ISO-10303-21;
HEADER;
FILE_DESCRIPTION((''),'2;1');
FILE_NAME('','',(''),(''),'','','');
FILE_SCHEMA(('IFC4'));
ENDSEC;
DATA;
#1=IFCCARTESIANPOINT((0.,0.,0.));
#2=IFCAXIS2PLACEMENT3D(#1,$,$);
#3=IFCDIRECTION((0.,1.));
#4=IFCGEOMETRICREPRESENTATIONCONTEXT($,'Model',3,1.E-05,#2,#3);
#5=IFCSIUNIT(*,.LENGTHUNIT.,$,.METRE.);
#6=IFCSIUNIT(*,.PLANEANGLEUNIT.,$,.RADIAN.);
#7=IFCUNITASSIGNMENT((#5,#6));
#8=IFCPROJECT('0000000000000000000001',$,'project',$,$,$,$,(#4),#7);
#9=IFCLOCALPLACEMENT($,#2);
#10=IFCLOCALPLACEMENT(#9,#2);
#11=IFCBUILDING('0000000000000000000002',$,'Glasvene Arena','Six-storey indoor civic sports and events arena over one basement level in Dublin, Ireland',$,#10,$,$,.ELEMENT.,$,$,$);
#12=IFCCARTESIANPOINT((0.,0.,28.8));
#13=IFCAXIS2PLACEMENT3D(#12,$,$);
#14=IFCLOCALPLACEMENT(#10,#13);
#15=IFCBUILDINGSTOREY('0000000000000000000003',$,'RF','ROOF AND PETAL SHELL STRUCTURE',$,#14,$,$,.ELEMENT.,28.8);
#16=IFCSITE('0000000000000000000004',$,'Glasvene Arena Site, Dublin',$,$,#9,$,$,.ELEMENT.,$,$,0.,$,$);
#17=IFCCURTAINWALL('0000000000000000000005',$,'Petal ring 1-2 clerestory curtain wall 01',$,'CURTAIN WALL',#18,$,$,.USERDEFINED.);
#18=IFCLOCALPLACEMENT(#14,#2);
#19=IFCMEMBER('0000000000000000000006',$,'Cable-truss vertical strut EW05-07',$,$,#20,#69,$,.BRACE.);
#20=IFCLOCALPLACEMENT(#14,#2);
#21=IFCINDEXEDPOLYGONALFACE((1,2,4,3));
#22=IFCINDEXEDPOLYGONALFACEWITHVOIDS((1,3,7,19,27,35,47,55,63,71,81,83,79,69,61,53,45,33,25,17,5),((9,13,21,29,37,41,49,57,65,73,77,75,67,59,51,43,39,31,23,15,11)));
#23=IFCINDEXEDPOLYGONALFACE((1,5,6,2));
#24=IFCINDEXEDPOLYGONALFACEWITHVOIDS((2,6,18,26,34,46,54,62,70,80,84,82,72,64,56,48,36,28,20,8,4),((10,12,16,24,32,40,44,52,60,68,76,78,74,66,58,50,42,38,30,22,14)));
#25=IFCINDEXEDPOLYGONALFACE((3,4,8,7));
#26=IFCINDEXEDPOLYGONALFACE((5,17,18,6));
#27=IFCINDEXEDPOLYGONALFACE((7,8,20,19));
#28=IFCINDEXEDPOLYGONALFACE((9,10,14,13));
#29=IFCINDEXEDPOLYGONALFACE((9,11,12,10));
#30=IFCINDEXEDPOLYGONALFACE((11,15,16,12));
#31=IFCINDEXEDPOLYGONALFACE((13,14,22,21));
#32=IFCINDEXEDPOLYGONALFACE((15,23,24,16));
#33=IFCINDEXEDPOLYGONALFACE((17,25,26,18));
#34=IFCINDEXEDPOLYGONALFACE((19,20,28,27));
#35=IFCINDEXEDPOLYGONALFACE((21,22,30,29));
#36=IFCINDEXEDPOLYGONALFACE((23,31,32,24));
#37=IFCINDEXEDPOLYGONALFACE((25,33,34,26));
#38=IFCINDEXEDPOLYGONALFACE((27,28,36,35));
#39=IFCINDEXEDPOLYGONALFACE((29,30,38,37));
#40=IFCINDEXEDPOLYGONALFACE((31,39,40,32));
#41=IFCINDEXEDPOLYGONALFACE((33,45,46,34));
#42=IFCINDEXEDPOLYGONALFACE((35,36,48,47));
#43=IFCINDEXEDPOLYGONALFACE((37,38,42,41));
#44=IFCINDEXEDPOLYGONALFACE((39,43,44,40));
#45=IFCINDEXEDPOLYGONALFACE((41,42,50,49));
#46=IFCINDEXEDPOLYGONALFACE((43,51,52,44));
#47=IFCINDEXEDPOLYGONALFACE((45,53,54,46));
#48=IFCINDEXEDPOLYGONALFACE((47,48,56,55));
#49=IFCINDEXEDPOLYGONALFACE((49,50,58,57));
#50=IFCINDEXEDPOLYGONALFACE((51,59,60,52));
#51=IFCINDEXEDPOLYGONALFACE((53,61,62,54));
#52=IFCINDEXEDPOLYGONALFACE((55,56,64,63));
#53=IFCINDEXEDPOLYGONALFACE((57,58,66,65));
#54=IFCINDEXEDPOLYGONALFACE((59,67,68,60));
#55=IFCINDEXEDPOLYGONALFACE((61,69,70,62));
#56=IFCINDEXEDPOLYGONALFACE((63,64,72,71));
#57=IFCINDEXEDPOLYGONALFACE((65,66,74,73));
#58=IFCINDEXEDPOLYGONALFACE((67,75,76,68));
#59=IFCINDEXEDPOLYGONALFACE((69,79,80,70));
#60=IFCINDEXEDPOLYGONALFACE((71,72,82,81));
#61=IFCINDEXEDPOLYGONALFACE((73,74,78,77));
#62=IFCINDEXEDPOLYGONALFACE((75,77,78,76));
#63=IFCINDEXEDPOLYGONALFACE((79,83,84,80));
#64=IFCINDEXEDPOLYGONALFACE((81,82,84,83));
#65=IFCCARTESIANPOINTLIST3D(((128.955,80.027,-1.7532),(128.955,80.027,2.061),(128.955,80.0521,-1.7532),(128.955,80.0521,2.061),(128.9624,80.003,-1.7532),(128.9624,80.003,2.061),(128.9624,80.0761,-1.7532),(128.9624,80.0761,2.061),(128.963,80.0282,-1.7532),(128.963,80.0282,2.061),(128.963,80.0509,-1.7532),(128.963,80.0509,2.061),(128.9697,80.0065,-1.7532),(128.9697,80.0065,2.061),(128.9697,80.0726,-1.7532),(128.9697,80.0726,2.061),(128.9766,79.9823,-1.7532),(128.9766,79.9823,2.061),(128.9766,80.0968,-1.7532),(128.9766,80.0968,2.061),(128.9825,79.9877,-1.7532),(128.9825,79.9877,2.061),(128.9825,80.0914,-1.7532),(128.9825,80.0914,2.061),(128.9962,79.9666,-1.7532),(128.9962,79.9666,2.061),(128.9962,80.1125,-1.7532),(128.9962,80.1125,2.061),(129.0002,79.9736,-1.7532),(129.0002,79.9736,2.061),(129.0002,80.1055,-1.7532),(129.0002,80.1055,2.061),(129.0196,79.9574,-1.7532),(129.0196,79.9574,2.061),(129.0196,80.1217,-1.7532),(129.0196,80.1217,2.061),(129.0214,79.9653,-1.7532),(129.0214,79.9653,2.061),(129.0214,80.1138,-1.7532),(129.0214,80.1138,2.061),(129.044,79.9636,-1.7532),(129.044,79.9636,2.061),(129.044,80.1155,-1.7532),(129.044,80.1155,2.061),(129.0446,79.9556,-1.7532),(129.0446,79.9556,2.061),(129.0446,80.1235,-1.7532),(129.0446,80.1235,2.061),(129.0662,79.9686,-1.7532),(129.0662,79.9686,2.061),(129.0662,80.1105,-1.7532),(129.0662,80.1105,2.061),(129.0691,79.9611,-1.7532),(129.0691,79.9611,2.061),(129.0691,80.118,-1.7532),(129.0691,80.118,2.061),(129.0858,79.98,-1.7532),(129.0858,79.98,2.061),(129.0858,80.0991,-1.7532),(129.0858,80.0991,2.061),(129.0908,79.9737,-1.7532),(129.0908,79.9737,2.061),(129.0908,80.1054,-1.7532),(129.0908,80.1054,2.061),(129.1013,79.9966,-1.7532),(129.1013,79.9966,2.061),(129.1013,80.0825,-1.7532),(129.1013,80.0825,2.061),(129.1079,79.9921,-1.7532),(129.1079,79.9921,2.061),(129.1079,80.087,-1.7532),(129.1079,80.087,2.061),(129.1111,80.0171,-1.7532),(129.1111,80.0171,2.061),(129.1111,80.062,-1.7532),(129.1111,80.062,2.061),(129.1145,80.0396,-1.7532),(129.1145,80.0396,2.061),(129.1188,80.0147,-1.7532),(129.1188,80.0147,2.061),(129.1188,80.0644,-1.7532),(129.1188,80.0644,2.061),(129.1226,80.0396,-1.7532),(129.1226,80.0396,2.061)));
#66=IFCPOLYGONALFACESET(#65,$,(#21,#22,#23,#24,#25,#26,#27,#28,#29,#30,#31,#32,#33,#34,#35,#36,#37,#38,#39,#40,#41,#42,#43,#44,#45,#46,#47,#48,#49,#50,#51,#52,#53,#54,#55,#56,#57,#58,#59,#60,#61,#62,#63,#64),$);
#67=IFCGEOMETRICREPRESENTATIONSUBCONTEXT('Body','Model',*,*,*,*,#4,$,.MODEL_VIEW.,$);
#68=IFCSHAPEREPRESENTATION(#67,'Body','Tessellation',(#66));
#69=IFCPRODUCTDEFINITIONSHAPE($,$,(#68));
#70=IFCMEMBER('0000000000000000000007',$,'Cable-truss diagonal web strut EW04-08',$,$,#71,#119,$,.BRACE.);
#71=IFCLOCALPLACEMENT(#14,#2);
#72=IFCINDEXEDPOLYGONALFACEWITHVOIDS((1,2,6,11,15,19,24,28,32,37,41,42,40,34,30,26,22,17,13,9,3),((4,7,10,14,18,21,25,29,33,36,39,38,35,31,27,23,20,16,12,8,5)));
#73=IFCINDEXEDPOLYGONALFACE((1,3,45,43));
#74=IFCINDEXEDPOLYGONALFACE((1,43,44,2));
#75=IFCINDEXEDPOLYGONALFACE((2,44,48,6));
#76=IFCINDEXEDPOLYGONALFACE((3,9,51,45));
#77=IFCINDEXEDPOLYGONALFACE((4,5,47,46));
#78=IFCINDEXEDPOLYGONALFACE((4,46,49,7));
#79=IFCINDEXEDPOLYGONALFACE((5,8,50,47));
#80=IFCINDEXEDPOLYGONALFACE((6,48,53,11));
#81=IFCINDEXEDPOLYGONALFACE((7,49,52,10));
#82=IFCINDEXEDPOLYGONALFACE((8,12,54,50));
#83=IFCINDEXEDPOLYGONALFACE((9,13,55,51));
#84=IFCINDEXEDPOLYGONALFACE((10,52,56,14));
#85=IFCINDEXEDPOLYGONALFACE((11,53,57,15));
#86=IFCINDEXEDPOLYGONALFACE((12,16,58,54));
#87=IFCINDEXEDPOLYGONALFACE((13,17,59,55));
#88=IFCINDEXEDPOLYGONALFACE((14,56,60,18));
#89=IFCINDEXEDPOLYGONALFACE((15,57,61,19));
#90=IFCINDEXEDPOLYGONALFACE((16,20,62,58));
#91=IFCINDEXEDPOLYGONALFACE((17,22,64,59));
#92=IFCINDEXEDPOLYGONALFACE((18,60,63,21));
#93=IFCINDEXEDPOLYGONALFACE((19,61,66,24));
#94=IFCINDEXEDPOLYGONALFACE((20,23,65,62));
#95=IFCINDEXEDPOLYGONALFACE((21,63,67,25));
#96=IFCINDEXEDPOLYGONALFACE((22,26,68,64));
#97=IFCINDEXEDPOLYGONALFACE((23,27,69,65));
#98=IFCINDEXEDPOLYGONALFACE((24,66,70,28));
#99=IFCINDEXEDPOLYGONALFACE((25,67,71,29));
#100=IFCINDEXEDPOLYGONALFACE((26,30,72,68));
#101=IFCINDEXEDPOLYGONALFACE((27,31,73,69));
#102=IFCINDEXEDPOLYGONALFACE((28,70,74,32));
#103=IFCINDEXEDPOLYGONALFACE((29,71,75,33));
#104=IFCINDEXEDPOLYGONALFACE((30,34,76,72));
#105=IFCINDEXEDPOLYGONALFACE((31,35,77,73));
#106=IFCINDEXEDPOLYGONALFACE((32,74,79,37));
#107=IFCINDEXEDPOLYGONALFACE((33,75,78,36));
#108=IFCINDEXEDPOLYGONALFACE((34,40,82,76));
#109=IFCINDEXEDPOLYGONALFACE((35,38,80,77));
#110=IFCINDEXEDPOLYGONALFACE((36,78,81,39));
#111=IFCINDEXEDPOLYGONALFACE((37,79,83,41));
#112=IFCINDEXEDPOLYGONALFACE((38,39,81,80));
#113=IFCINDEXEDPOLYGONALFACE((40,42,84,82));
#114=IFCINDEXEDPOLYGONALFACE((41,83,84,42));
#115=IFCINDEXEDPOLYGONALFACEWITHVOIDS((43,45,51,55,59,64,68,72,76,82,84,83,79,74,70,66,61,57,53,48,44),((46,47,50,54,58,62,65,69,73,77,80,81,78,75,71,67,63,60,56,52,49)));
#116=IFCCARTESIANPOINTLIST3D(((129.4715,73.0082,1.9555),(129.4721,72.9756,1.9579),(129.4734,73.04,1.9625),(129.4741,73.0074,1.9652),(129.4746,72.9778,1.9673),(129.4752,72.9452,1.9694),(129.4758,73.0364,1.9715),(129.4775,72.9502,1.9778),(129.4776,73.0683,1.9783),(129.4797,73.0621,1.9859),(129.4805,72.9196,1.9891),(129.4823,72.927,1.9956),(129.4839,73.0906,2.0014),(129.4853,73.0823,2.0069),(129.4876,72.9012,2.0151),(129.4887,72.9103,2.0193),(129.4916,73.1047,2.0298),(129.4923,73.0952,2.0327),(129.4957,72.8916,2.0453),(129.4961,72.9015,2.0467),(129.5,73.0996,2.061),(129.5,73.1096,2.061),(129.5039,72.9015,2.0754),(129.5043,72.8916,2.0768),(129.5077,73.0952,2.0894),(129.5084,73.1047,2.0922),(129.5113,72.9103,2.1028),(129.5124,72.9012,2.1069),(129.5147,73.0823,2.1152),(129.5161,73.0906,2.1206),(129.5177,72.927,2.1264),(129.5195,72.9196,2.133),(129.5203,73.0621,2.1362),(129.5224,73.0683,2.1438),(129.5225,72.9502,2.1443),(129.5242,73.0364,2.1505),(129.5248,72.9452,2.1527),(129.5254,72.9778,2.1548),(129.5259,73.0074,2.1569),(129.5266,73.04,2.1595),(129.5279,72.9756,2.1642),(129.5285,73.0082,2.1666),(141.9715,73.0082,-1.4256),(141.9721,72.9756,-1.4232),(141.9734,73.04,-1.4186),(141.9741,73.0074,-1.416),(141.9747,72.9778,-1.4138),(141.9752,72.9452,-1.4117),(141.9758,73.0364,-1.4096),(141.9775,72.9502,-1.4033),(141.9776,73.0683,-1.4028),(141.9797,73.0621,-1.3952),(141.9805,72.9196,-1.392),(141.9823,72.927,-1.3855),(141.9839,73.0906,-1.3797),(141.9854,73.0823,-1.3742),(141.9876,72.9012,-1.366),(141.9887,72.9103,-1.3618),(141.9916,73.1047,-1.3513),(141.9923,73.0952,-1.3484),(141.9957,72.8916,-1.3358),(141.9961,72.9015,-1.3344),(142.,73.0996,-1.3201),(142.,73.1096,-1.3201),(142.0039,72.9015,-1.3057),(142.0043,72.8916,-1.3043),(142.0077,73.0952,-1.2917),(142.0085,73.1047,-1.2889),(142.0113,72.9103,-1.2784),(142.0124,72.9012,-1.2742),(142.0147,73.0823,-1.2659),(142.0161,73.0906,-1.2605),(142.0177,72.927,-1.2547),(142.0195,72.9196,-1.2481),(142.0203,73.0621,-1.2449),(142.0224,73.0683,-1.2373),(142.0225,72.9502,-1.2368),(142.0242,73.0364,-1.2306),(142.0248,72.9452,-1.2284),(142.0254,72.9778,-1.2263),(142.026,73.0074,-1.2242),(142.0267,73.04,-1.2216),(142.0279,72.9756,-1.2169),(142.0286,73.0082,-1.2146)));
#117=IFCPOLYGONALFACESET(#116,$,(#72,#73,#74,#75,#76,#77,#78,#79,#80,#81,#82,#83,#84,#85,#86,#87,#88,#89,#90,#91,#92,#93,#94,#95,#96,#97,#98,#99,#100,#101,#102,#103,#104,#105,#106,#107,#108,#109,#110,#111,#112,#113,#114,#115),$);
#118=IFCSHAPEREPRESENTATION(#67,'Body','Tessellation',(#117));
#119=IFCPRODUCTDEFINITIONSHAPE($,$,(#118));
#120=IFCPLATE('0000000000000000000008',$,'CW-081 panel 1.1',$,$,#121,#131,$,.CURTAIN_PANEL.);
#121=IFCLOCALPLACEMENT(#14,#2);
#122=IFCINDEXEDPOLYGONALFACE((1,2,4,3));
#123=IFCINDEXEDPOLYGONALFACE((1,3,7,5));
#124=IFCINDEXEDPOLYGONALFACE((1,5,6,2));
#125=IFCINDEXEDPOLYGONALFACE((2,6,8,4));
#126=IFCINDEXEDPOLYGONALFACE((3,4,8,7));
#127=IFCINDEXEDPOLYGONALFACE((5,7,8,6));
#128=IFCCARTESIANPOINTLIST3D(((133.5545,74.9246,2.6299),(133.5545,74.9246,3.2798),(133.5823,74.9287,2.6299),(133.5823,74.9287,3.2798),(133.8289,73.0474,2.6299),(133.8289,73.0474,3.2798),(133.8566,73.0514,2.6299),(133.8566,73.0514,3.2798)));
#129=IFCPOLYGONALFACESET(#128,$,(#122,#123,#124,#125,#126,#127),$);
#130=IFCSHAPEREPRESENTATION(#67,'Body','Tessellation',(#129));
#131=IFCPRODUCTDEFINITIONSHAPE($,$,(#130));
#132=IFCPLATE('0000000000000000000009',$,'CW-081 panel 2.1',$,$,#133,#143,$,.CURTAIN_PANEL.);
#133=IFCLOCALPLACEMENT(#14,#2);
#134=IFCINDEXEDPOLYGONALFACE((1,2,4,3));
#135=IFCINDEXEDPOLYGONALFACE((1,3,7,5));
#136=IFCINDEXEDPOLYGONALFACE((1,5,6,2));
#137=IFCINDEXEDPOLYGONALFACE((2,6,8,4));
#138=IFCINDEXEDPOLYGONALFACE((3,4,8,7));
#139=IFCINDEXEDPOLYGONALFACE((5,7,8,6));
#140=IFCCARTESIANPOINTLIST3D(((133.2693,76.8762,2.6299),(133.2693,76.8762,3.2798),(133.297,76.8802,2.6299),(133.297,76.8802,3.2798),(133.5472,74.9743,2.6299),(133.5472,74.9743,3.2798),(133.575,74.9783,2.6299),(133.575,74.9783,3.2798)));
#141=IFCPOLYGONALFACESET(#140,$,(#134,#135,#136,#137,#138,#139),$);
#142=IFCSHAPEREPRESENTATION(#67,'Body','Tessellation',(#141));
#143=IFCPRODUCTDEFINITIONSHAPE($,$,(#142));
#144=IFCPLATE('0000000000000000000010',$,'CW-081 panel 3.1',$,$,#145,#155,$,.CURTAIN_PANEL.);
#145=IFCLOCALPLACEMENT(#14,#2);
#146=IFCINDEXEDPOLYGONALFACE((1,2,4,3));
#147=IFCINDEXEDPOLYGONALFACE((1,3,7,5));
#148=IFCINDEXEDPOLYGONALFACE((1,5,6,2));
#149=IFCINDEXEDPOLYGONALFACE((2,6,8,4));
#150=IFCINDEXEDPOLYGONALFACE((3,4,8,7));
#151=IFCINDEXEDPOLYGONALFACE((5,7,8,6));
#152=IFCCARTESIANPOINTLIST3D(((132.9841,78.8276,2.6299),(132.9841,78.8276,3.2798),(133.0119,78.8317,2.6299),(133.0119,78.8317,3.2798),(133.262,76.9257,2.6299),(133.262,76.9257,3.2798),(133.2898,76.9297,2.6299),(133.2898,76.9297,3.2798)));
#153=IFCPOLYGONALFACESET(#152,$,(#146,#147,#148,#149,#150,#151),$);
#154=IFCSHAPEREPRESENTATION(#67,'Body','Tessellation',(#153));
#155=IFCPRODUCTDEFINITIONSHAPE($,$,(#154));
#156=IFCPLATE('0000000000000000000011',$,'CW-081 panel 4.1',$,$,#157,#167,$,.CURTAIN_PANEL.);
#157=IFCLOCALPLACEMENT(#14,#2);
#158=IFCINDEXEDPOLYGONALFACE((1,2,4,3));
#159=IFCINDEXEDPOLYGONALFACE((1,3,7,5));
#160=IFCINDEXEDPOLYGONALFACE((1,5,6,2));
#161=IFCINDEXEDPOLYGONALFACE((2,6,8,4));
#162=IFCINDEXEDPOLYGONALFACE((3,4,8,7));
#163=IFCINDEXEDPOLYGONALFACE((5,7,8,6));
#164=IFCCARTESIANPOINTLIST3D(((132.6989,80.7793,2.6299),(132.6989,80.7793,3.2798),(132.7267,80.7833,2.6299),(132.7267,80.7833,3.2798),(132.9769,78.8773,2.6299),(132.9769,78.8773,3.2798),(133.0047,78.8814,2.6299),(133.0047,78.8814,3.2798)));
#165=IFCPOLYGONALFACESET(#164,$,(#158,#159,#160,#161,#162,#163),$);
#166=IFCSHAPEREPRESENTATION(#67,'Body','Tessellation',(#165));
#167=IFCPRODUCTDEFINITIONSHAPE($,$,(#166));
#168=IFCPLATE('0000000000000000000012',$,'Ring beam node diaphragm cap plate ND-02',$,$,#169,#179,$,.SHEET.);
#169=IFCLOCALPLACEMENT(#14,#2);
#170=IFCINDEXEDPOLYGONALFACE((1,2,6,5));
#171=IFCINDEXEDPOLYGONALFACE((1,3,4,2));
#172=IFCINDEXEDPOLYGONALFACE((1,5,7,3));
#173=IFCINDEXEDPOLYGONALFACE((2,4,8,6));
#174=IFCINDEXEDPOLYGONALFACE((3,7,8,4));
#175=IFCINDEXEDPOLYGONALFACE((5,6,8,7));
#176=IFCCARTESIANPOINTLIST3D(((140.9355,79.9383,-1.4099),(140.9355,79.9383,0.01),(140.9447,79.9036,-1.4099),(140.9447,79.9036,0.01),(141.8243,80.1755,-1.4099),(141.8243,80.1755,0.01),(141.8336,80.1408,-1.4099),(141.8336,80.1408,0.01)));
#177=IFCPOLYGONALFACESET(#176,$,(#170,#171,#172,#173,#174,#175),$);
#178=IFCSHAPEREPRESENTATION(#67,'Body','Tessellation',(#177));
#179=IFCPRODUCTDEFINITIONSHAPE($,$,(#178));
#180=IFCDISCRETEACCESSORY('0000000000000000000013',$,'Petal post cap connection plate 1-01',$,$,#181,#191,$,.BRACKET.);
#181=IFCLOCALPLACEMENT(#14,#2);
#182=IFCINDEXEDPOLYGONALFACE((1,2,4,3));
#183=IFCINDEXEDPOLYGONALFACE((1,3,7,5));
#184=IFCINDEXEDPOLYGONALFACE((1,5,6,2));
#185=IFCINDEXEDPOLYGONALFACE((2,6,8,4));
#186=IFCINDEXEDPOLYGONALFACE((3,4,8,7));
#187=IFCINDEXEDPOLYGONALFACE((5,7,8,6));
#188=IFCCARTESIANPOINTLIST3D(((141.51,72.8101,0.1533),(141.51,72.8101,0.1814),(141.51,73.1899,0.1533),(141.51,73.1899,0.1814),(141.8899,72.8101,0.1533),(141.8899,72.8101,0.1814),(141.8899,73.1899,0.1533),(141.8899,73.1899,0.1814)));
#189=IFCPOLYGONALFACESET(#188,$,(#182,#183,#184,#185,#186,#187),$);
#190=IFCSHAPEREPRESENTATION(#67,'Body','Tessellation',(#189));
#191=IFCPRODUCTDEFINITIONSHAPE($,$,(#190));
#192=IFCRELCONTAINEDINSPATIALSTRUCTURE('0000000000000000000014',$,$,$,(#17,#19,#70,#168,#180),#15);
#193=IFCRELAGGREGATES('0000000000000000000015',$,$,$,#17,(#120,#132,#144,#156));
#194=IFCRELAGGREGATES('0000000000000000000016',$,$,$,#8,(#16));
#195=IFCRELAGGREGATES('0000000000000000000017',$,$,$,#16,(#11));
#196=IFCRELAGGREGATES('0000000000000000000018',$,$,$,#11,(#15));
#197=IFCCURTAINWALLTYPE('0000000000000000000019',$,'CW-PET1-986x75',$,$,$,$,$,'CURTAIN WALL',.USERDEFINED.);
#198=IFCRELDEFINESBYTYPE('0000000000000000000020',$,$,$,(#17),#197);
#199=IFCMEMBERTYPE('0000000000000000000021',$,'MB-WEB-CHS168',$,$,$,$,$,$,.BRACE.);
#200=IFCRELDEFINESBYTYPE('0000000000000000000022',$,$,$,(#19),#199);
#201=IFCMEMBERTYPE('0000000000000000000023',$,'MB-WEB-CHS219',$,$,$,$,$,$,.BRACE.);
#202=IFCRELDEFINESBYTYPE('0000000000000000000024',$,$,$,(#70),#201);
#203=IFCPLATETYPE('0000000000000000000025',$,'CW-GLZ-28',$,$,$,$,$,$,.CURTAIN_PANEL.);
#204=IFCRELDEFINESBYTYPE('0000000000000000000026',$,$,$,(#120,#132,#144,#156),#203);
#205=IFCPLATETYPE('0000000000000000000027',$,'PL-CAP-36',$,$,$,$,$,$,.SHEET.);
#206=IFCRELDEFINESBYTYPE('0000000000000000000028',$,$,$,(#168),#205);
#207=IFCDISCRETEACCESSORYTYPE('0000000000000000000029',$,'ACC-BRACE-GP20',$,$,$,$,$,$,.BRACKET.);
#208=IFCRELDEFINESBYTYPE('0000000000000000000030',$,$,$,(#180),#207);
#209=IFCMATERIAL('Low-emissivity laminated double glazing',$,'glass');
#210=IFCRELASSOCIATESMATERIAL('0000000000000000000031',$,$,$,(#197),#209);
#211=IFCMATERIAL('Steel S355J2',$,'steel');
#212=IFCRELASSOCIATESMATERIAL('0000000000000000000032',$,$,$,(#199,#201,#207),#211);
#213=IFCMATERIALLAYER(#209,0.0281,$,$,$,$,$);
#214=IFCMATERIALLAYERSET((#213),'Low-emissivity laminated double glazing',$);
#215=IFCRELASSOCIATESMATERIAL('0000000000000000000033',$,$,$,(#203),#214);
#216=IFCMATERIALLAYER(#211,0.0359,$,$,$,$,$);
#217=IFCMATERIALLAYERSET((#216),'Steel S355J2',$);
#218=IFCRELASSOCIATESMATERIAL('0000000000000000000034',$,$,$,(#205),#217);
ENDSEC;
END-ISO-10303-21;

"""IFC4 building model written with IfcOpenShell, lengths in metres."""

from ifc_helpers import new_model, si_unit, direction, frame, origin, origin_2d, place, context, subcontext, project, spatial, rectangle, hollow_circle, extrude, material, layer, layer_set, material_profile, profile_set, type_object, element, aggregate, save


model = new_model("IFC4")

# Units and contexts
model_context = context("Model", 3, precision=1e-05, world=origin(), true_north=direction((0.0, 1.0)))
body_context = subcontext(model_context, "Body", "Model", "MODEL_VIEW")
ifc_project = project(units=[si_unit("LENGTHUNIT", "METRE"), si_unit("PLANEANGLEUNIT", "RADIAN")], contexts=[model_context])

# Site, building, storey
site_placement = place(None, origin())
site = spatial("IfcSite", under=ifc_project, at=site_placement, Name="Glasvene Arena Site, Dublin", CompositionType="ELEMENT", RefElevation=0.0)
building_placement = place(site_placement, origin())
building = spatial("IfcBuilding", under=site, at=building_placement, Name="Glasvene Arena", Description="Six-storey indoor civic sports and events arena over one basement level in Dublin, Ireland", CompositionType="ELEMENT")
storey_placement = place(building_placement, frame((0.0, 0.0, 28.8)))
storey = spatial("IfcBuildingStorey", under=building, at=storey_placement, Name="RF", Description="ROOF AND PETAL SHELL STRUCTURE", CompositionType="ELEMENT", Elevation=28.8)

# Shared definitions
ifc_material_1 = material(Name="Steel S355J2", Category="steel")

# Curtain wall
ifc_material_2 = material(Name="Low-emissivity laminated double glazing", Category="glass")
curtain_wall_type_1 = type_object("IfcCurtainWallType", Name="CW-PET1-986x75", ElementType="CURTAIN WALL", PredefinedType="USERDEFINED", material=ifc_material_2)
curtain_wall_1_placement = place(storey_placement, frame((133.8501, 73.0, 0.0)))
curtain_wall_1 = element("IfcCurtainWall", 1, at=curtain_wall_1_placement, inside=storey, type_object=curtain_wall_type_1, Name="Petal ring 1-2 clerestory curtain wall 01", ObjectType="CURTAIN WALL", PredefinedType="USERDEFINED")

# Members
ifc_material_profile_1 = material_profile(ifc_material_1, hollow_circle(Radius=0.0842, WallThickness=0.0081, at=origin_2d()), Name="CHS 168.3x8.0")
ifc_profile_set_1 = profile_set([ifc_material_profile_1], Name="Steel S355J2")
member_type_1 = type_object("IfcMemberType", Name="MB-WEB-CHS168", PredefinedType="BRACE", material=ifc_profile_set_1)
for number, where, z_axis, x_axis, name in (
    (2, (129.0383, 80.0396, -1.7532), (0.0, 0.0, 1.0), (1.0, 0.0, 0.0), "Cable-truss vertical strut EW05-07"),
):
    element("IfcMember", number, at=place(storey_placement, frame(where, z_axis=z_axis, x_axis=x_axis)), inside=storey, type_object=member_type_1, Name=name, PredefinedType="BRACE", context=body_context, shape_type="SweptSolid", body=[
        extrude(hollow_circle(Radius=0.0842, WallThickness=0.0081, at=origin_2d()), origin(), (0.0, 0.0, 1.0), 3.8142),
    ])
ifc_material_profile_2 = material_profile(ifc_material_1, hollow_circle(Radius=0.1096, WallThickness=0.01, at=origin_2d()), Name="CHS 219.1x10.0")
ifc_profile_set_2 = profile_set([ifc_material_profile_2], Name="Steel S355J2")
member_type_2 = type_object("IfcMemberType", Name="MB-WEB-CHS219", PredefinedType="BRACE", material=ifc_profile_set_2)
member_1_placement = place(storey_placement, frame((129.5, 73.0, 2.061), z_axis=(0.96531, 0.0, -0.261105), x_axis=(0.0, 1.0, 0.0)))
element("IfcMember", 3, at=member_1_placement, inside=storey, type_object=member_type_2, Name="Cable-truss diagonal web strut EW04-08", PredefinedType="BRACE", context=body_context, shape_type="SweptSolid", body=[
    extrude(hollow_circle(Radius=0.1096, WallThickness=0.01, at=origin_2d()), origin(), (0.0, 0.0, 1.0), 12.9492),
])

# Plates
ifc_layer_1 = layer(ifc_material_2, 0.0281)
ifc_layer_set_1 = layer_set([ifc_layer_1], Name="Low-emissivity laminated double glazing")
plate_type_1 = type_object("IfcPlateType", Name="CW-GLZ-28", PredefinedType="CURTAIN_PANEL", material=ifc_layer_set_1)
plate_1_placement = place(storey_placement, frame((133.7056, 73.988, 2.6299), z_axis=(0.0, 0.0, 1.0), x_axis=(-0.144608, 0.989489, 0.0)))
plate_1 = element("IfcPlate", 4, at=plate_1_placement, type_object=plate_type_1, Name="CW-081 panel 1.1", PredefinedType="CURTAIN_PANEL", context=body_context, shape_type="SweptSolid", body=[
    extrude(rectangle(XDim=1.8972, YDim=0.0281, at=origin_2d()), origin(), (0.0, 0.0, 1.0), 0.6499),
])
plate_2_placement = place(storey_placement, frame((133.4221, 75.9272, 2.6299), z_axis=(0.0, 0.0, 1.0), x_axis=(-0.144608, 0.989489, 0.0)))
plate_2 = element("IfcPlate", 5, at=plate_2_placement, type_object=plate_type_1, Name="CW-081 panel 2.1", PredefinedType="CURTAIN_PANEL", context=body_context, shape_type="SweptSolid", body=[
    extrude(rectangle(XDim=1.9221, YDim=0.0281, at=origin_2d()), origin(), (0.0, 0.0, 1.0), 0.6499),
])
plate_3_placement = place(storey_placement, frame((133.137, 77.8787, 2.6299), z_axis=(0.0, 0.0, 1.0), x_axis=(-0.144608, 0.989489, 0.0)))
plate_3 = element("IfcPlate", 6, at=plate_3_placement, type_object=plate_type_1, Name="CW-081 panel 3.1", PredefinedType="CURTAIN_PANEL", context=body_context, shape_type="SweptSolid", body=[
    extrude(rectangle(XDim=1.9221, YDim=0.0281, at=origin_2d()), origin(), (0.0, 0.0, 1.0), 0.6499),
])
plate_4_placement = place(storey_placement, frame((132.8518, 79.8303, 2.6299), z_axis=(0.0, 0.0, 1.0), x_axis=(-0.144608, 0.989489, 0.0)))
plate_4 = element("IfcPlate", 7, at=plate_4_placement, type_object=plate_type_1, Name="CW-081 panel 4.1", PredefinedType="CURTAIN_PANEL", context=body_context, shape_type="SweptSolid", body=[
    extrude(rectangle(XDim=1.9221, YDim=0.0281, at=origin_2d()), origin(), (0.0, 0.0, 1.0), 0.6499),
])
aggregate(curtain_wall_1, [plate_1, plate_2, plate_3, plate_4])
ifc_layer_2 = layer(ifc_material_1, 0.0359)
ifc_layer_set_2 = layer_set([ifc_layer_2], Name="Steel S355J2")
plate_type_2 = type_object("IfcPlateType", Name="PL-CAP-36", PredefinedType="SHEET", material=ifc_layer_set_2)
plate_5_placement = place(storey_placement, frame((141.3845, 80.0396, -1.4099), z_axis=(0.0, 0.0, 1.0), x_axis=(-0.257807, 0.966196, 0.0)))
element("IfcPlate", 8, at=plate_5_placement, inside=storey, type_object=plate_type_2, Name="Ring beam node diaphragm cap plate ND-02", PredefinedType="SHEET", context=body_context, shape_type="SweptSolid", body=[
    extrude(rectangle(XDim=0.0359, YDim=0.9199, at=origin_2d()), origin(), (0.0, 0.0, 1.0), 1.4199),
])

# Discrete accessory
discrete_accessory_type = type_object("IfcDiscreteAccessoryType", Name="ACC-BRACE-GP20", PredefinedType="BRACKET", material=ifc_material_1)
discrete_accessory_placement = place(storey_placement, frame((141.7, 73.0, 0.1533), z_axis=(0.0, 0.0, 1.0), x_axis=(1.0, 0.0, 0.0)))
element("IfcDiscreteAccessory", 9, at=discrete_accessory_placement, inside=storey, type_object=discrete_accessory_type, Name="Petal post cap connection plate 1-01", PredefinedType="BRACKET", context=body_context, shape_type="SweptSolid", body=[
    extrude(rectangle(XDim=0.3799, YDim=0.3799, at=origin_2d()), origin(), (0.0, 0.0, 1.0), 0.0281),
])

save(model, "model.ifc")
